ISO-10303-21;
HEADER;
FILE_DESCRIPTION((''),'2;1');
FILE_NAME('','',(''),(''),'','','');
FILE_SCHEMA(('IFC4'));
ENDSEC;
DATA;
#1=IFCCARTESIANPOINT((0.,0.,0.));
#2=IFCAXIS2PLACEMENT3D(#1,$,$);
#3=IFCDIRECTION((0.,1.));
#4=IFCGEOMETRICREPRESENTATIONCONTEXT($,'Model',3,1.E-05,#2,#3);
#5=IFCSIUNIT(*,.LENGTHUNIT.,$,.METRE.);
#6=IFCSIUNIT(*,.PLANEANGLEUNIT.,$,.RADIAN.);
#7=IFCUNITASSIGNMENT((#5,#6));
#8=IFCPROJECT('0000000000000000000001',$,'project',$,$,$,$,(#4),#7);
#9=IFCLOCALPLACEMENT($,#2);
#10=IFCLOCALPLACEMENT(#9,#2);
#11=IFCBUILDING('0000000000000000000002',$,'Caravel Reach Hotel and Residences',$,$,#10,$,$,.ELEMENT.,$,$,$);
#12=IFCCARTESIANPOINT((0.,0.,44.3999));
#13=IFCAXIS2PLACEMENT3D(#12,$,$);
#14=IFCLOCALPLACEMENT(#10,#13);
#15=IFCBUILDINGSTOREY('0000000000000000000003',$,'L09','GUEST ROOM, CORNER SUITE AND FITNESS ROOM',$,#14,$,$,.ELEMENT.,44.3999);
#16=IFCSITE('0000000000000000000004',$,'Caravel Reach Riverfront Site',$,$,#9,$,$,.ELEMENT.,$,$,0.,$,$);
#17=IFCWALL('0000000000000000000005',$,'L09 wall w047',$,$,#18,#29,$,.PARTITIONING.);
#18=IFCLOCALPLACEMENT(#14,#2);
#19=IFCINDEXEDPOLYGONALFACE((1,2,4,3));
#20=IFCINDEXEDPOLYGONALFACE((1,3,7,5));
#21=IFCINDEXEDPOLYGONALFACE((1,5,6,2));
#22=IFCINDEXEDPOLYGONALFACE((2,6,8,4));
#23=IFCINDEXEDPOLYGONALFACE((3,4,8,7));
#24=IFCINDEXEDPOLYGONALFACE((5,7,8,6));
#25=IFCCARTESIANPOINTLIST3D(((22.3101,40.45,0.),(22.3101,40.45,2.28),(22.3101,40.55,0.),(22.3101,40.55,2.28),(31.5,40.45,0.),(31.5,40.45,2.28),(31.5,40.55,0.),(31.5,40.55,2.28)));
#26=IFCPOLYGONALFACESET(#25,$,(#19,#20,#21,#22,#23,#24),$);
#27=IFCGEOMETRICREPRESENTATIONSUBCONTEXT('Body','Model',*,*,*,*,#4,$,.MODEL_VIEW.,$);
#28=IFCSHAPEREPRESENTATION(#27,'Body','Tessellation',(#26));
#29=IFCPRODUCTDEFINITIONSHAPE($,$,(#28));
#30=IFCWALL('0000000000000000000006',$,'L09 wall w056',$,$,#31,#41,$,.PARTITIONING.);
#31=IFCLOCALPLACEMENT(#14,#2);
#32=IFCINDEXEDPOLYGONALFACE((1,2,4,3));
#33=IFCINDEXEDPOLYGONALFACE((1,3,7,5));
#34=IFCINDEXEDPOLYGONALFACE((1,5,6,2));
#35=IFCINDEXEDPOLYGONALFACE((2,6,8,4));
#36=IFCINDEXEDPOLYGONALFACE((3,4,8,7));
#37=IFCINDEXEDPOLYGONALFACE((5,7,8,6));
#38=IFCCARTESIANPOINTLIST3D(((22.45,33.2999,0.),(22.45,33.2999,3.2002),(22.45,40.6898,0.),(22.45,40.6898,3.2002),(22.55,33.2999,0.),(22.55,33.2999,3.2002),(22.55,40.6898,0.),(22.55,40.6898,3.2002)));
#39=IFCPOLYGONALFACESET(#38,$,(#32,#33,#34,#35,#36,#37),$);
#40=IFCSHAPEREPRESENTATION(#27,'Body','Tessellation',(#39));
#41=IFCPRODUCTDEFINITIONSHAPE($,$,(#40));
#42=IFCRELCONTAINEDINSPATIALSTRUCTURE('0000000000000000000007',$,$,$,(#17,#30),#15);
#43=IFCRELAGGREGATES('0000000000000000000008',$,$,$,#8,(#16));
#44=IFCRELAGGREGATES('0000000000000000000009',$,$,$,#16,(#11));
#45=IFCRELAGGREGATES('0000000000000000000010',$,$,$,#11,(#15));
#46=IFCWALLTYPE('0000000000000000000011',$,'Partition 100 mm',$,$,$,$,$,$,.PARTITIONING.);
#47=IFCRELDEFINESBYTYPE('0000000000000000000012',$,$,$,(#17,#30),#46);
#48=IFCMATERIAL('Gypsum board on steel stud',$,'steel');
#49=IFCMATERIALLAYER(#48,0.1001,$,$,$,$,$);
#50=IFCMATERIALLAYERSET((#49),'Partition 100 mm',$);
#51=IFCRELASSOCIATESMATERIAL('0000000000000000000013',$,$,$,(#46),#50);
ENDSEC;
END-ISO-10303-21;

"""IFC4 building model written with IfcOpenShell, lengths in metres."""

from ifc_helpers import new_model, si_unit, direction, frame, frame_2d, origin, place, context, subcontext, project, spatial, rectangle, extrude, material, layer, layer_set, type_object, element, save


model = new_model("IFC4")

# Units and contexts
model_context = context("Model", 3, precision=1e-05, world=origin(), true_north=direction((0.0, 1.0)))
body_context = subcontext(model_context, "Body", "Model", "MODEL_VIEW")
ifc_project = project(units=[si_unit("LENGTHUNIT", "METRE"), si_unit("PLANEANGLEUNIT", "RADIAN")], contexts=[model_context])

# Site, building, storey
site_placement = place(None, origin())
site = spatial("IfcSite", under=ifc_project, at=site_placement, Name="Caravel Reach Riverfront Site", CompositionType="ELEMENT", RefElevation=0.0)
building_placement = place(site_placement, origin())
building = spatial("IfcBuilding", under=site, at=building_placement, Name="Caravel Reach Hotel and Residences", CompositionType="ELEMENT")
storey_placement = place(building_placement, frame((0.0, 0.0, 44.3999)))
storey = spatial("IfcBuildingStorey", under=building, at=storey_placement, Name="L09", Description="GUEST ROOM, CORNER SUITE AND FITNESS ROOM", CompositionType="ELEMENT", Elevation=44.3999)

# Walls
ifc_material_1 = material(Name="Gypsum board on steel stud", Category="steel")
ifc_layer_1 = layer(ifc_material_1, 0.1001)
ifc_layer_set_1 = layer_set([ifc_layer_1], Name="Partition 100 mm")
wall_type_1 = type_object("IfcWallType", Name="Partition 100 mm", PredefinedType="PARTITIONING", material=ifc_layer_set_1)
wall_1_placement = place(storey_placement, frame((22.3101, 40.5, 0.0), z_axis=(0.0, 0.0, 1.0), x_axis=(1.0, 0.0, 0.0)))
element("IfcWall", 1, at=wall_1_placement, inside=storey, type_object=wall_type_1, Name="L09 wall w047", PredefinedType="PARTITIONING", context=body_context, shape_type="SweptSolid", body=[
    extrude(rectangle(XDim=9.1899, YDim=0.1001, at=frame_2d((4.595, 0.0))), origin(), (0.0, 0.0, 1.0), 2.28),
])
wall_2_placement = place(storey_placement, frame((22.5, 33.3, 0.0), z_axis=(0.0, 0.0, 1.0), x_axis=(0.0, 1.0, 0.0)))
element("IfcWall", 2, at=wall_2_placement, inside=storey, type_object=wall_type_1, Name="L09 wall w056", PredefinedType="PARTITIONING", context=body_context, shape_type="SweptSolid", body=[
    extrude(rectangle(XDim=7.3899, YDim=0.1001, at=frame_2d((3.6948, 0.0))), origin(), (0.0, 0.0, 1.0), 3.2002),
])

save(model, "model.ifc")
